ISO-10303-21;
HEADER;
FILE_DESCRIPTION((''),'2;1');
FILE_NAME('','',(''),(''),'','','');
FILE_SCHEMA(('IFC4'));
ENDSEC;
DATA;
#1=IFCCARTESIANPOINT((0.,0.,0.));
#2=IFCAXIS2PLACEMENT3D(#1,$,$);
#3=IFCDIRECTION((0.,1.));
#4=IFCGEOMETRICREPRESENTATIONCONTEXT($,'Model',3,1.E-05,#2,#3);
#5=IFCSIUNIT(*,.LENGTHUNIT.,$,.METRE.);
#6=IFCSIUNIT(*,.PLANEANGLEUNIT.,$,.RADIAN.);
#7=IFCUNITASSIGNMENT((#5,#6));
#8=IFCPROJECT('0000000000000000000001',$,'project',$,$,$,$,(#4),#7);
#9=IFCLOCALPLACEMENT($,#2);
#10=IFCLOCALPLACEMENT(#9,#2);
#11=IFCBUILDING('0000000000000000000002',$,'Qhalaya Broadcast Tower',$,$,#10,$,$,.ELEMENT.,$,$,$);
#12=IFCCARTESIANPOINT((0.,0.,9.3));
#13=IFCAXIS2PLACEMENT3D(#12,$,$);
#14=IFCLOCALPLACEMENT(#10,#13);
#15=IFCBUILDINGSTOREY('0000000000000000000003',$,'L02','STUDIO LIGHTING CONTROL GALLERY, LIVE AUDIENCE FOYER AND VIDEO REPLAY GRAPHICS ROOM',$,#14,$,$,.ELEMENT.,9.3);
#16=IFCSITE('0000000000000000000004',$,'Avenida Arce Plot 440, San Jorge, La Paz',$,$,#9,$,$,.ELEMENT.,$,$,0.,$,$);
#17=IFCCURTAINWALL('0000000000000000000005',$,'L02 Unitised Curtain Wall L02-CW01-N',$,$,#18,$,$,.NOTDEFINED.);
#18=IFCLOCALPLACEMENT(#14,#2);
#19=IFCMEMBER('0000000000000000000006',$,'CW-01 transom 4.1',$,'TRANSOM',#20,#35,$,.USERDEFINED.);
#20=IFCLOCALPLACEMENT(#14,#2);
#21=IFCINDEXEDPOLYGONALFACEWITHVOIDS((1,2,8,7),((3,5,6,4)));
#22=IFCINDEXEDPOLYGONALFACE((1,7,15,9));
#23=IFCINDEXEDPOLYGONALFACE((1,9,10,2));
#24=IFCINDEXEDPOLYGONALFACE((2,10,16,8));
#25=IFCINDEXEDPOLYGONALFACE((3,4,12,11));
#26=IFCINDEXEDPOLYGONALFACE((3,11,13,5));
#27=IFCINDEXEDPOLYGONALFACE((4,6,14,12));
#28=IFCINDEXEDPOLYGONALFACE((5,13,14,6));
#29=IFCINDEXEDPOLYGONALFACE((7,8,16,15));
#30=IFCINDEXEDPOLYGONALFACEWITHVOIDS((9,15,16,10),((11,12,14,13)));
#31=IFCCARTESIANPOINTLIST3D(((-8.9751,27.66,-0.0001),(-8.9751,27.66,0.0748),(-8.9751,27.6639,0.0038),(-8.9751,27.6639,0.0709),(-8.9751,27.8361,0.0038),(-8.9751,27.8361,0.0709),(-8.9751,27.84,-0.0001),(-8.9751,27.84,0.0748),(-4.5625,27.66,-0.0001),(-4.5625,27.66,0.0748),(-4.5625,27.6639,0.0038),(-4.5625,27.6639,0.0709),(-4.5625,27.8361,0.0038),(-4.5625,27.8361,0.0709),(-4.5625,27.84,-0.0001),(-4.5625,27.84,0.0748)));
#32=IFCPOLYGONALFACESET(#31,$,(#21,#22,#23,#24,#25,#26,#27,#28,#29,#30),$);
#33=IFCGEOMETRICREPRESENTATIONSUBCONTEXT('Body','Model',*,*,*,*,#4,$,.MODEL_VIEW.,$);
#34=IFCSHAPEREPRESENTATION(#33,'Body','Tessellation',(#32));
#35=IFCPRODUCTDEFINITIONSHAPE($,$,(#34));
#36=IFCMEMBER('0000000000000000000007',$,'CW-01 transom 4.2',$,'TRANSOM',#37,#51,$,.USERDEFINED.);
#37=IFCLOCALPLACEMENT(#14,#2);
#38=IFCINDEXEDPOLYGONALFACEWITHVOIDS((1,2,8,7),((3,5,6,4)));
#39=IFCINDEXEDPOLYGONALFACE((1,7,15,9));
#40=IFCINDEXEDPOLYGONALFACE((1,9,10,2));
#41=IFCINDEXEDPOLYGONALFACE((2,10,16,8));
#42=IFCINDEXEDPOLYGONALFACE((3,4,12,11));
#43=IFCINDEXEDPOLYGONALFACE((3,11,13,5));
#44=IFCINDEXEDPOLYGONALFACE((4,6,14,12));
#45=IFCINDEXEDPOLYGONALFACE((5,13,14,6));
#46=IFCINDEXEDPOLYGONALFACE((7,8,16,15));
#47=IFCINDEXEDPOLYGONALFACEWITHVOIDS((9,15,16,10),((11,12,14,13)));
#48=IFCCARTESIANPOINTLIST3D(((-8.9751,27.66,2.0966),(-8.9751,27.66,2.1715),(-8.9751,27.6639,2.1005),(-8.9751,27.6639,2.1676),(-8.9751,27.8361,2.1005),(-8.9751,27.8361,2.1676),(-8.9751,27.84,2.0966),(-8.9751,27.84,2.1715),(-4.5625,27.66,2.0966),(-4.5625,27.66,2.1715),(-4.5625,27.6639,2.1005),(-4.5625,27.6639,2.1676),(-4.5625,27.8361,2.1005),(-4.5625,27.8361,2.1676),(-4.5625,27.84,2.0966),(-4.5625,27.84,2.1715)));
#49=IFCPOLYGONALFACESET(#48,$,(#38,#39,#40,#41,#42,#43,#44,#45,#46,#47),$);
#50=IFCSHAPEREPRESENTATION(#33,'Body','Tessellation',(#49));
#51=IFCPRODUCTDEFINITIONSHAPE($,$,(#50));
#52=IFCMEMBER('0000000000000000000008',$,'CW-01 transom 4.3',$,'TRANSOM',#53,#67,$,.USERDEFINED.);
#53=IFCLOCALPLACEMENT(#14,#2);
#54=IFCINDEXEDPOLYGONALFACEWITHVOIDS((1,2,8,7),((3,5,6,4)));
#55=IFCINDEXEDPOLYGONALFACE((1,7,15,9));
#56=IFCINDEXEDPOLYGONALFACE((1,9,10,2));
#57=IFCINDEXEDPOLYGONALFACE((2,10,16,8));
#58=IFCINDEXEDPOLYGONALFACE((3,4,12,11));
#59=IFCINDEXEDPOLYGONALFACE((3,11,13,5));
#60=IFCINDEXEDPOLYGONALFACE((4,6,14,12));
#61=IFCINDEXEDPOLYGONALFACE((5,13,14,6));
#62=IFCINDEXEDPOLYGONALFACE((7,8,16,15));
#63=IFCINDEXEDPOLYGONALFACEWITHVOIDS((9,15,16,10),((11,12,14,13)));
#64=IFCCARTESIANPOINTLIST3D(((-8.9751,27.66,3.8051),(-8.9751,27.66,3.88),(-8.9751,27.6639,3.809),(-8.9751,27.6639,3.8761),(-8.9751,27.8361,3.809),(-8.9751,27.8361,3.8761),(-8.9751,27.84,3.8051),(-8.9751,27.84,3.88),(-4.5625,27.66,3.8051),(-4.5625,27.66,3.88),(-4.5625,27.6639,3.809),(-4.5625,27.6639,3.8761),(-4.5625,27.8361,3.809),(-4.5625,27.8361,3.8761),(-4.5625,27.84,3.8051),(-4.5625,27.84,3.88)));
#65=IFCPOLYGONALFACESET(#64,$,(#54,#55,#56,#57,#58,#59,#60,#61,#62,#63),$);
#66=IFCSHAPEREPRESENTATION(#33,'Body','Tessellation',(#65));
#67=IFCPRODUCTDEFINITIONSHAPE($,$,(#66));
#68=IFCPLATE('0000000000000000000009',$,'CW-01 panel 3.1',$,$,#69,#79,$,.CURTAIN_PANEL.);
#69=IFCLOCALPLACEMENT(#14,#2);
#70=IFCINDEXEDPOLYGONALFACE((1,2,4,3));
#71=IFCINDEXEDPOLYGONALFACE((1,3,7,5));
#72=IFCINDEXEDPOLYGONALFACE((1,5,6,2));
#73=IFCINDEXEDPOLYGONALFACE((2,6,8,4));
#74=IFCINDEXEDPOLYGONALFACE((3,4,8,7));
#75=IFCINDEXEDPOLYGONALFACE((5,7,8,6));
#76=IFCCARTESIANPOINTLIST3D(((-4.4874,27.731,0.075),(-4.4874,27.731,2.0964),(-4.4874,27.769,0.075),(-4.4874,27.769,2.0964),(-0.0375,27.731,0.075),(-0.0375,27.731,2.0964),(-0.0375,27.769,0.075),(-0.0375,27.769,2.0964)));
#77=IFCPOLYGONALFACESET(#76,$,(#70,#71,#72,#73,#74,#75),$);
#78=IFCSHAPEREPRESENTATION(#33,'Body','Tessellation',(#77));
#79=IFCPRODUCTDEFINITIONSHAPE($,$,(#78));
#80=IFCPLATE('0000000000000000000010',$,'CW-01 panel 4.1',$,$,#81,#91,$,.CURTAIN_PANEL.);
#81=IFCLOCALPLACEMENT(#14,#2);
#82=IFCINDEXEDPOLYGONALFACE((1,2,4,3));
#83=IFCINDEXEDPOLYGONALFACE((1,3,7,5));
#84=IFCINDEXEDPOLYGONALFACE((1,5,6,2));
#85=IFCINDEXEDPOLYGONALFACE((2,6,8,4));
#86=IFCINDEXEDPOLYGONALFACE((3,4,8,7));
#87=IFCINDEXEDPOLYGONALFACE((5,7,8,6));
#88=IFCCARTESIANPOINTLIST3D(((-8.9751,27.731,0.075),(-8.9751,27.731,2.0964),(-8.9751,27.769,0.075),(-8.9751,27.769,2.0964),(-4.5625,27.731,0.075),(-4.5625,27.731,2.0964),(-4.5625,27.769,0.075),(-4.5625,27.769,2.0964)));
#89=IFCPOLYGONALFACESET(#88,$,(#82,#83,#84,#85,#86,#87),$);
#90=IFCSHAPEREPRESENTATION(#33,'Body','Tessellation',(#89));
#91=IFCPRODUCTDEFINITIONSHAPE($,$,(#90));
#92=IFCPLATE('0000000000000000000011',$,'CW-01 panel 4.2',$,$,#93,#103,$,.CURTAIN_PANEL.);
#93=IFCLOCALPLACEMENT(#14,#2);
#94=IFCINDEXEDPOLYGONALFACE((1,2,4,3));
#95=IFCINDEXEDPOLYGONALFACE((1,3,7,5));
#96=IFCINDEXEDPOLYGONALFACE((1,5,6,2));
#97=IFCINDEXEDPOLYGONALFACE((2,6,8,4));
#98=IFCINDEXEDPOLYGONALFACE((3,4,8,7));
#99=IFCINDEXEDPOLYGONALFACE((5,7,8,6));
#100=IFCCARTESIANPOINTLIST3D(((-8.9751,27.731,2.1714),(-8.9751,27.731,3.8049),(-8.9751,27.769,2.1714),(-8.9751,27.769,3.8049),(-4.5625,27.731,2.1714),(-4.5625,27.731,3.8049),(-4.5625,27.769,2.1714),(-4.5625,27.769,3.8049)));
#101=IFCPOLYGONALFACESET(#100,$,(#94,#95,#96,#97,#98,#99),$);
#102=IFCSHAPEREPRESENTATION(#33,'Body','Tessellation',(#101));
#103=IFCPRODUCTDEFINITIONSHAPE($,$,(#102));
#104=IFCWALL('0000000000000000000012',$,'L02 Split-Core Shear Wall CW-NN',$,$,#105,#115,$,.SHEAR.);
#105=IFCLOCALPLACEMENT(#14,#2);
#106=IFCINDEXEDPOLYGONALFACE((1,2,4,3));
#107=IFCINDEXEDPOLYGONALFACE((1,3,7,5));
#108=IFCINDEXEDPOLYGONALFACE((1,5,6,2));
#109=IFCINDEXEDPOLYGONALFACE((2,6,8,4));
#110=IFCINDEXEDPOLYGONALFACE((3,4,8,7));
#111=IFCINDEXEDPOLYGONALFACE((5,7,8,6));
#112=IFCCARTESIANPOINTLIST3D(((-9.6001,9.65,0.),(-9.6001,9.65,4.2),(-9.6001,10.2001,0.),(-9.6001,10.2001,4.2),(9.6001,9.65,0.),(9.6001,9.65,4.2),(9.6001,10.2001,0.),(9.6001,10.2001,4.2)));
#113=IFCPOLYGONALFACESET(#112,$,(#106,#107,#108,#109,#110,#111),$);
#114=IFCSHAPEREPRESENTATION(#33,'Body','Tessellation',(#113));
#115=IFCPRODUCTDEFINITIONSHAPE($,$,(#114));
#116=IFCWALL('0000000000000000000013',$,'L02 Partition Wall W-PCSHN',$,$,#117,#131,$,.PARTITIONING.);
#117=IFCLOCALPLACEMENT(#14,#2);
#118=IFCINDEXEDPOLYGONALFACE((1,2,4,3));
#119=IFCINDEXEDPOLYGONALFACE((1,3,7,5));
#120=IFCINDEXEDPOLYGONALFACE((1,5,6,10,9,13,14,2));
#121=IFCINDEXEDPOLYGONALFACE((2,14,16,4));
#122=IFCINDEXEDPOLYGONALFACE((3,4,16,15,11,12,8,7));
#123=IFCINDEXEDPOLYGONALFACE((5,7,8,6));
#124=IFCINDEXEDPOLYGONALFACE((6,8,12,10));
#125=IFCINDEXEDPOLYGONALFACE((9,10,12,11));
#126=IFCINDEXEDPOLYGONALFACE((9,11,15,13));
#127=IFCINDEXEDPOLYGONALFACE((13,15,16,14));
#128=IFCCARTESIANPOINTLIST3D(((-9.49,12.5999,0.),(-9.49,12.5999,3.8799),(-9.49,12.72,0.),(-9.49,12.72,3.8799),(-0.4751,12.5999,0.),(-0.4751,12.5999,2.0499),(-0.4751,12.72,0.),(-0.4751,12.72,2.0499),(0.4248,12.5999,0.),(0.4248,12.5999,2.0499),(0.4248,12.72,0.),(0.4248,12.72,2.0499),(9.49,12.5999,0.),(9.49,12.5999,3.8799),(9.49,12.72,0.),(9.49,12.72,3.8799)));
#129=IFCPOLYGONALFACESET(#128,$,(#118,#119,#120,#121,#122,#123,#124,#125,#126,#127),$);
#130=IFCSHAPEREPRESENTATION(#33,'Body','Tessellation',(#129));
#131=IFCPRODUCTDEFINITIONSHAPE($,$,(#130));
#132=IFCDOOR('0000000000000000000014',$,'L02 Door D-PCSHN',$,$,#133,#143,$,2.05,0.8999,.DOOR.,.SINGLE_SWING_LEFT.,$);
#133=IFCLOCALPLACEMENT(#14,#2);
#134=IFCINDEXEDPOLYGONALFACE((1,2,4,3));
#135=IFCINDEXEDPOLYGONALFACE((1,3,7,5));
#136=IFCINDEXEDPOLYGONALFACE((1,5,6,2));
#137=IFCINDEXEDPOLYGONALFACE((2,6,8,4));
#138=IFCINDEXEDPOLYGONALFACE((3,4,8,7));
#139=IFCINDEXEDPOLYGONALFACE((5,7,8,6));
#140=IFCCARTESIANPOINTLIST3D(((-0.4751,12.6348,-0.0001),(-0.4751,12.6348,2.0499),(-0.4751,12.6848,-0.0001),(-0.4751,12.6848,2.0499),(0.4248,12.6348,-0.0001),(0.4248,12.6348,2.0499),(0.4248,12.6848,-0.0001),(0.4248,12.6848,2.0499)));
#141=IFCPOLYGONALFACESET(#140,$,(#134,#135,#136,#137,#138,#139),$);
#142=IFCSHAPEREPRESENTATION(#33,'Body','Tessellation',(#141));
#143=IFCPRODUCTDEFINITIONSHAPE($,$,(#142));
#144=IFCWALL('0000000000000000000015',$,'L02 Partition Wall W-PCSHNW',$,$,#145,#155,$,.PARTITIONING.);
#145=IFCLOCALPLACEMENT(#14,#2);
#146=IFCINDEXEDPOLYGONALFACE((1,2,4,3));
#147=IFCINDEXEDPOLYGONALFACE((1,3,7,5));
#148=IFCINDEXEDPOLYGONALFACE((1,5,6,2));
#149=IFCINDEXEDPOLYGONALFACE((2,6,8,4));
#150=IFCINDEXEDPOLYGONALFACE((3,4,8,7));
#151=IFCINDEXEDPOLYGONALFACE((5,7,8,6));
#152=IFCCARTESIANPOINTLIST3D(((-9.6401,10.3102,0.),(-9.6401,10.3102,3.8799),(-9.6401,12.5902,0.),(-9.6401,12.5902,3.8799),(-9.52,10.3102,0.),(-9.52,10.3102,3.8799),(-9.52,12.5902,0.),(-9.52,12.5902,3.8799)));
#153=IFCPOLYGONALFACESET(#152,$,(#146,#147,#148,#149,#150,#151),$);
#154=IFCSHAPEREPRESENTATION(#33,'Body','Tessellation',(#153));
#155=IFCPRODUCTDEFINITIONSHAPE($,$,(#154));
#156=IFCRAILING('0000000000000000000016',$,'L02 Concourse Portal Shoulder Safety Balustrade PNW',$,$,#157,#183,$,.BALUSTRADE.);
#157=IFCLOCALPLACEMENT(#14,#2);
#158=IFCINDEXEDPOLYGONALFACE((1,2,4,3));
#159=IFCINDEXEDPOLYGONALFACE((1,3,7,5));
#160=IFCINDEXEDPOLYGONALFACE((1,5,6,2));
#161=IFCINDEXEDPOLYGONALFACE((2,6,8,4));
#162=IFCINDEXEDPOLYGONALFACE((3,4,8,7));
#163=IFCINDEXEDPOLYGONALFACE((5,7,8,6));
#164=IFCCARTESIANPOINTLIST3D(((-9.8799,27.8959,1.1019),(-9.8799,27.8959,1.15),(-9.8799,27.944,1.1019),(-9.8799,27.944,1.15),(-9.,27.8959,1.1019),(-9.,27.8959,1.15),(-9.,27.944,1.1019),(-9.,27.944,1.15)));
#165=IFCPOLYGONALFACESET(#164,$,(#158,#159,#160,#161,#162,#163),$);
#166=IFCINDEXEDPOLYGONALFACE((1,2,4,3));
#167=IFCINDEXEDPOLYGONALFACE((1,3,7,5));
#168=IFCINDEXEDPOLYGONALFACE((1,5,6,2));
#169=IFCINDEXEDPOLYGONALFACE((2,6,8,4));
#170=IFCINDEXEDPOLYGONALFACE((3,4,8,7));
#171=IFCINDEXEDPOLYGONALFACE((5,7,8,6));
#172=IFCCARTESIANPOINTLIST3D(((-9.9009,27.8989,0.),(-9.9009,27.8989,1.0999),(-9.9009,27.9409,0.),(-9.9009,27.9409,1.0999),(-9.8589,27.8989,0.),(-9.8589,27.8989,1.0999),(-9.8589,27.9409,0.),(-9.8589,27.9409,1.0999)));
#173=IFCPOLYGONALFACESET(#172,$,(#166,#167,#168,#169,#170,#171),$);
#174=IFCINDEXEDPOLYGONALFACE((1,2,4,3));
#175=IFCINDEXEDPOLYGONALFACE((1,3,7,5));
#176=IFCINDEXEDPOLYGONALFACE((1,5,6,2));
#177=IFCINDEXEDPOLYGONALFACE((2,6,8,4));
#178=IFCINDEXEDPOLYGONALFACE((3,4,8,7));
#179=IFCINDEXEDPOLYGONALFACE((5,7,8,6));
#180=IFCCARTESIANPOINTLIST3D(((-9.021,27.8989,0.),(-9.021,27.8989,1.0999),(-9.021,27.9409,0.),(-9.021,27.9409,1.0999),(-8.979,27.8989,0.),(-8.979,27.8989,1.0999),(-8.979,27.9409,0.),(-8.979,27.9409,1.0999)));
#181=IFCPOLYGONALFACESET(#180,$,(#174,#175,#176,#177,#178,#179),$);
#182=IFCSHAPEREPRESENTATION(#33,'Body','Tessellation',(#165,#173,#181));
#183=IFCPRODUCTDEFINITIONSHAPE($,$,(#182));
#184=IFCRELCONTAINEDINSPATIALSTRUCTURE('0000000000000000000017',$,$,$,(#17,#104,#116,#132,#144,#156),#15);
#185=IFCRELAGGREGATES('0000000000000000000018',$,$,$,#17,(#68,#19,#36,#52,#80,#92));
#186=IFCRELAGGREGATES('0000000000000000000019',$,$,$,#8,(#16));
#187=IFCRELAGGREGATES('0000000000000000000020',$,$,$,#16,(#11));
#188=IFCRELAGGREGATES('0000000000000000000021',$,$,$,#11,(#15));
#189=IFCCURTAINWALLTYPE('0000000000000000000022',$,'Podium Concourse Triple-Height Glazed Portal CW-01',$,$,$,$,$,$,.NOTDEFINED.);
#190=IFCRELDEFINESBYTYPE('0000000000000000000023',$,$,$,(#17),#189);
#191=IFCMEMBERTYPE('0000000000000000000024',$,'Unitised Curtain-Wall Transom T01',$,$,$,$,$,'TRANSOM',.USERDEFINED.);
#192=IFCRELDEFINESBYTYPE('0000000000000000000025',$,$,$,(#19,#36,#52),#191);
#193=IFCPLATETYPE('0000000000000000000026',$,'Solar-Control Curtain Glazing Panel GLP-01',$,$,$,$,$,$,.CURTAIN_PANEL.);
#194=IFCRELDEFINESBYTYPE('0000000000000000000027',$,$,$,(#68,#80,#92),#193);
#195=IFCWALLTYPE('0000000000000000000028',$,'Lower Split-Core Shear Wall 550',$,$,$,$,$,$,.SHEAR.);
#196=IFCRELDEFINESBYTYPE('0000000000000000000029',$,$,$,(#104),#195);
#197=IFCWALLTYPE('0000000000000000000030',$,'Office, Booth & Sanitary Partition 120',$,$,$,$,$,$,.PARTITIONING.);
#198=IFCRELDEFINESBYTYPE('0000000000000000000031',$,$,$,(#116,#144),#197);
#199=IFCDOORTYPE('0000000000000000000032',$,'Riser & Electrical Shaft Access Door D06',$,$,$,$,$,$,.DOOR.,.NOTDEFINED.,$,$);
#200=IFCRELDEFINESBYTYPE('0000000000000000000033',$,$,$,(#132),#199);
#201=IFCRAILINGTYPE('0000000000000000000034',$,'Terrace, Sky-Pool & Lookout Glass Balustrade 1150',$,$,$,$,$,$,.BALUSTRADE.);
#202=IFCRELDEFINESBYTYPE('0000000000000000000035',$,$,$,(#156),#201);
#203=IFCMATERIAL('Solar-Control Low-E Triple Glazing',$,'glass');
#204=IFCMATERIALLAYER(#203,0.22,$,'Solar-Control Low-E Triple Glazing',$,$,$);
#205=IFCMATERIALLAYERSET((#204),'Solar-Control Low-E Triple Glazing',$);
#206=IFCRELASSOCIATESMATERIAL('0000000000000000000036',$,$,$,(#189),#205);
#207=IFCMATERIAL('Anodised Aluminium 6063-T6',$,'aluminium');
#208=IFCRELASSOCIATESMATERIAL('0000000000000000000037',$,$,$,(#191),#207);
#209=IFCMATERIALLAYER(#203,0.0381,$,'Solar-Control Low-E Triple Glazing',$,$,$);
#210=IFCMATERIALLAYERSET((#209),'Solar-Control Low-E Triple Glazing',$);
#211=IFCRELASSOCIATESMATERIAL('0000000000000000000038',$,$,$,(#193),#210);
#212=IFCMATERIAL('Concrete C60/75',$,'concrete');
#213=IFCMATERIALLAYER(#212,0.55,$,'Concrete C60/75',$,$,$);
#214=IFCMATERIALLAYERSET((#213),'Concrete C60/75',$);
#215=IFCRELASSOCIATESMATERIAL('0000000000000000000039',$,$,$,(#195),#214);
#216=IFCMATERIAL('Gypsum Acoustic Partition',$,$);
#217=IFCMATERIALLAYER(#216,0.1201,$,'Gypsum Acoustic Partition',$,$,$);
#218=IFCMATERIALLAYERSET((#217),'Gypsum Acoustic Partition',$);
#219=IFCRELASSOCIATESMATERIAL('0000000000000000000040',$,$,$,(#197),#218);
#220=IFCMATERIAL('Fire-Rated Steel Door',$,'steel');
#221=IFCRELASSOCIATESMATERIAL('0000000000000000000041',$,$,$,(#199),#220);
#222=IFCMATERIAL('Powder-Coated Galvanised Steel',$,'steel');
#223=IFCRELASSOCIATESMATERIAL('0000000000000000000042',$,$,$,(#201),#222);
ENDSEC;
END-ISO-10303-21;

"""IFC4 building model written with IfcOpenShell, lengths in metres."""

from ifc_helpers import new_model, si_unit, direction, frame, frame_2d, origin, origin_2d, place, context, subcontext, project, spatial, rectangle, hollow_rectangle, extrude, material, layer, layer_set, material_profile, profile_set, type_object, element, fill, aggregate, save


model = new_model("IFC4")

# Units and contexts
model_context = context("Model", 3, precision=1e-05, world=origin(), true_north=direction((0.0, 1.0)))
body_context = subcontext(model_context, "Body", "Model", "MODEL_VIEW")
ifc_project = project(units=[si_unit("LENGTHUNIT", "METRE"), si_unit("PLANEANGLEUNIT", "RADIAN")], contexts=[model_context])

# Site, building, storey
site_placement = place(None, origin())
site = spatial("IfcSite", under=ifc_project, at=site_placement, Name="Avenida Arce Plot 440, San Jorge, La Paz", CompositionType="ELEMENT", RefElevation=0.0)
building_placement = place(site_placement, origin())
building = spatial("IfcBuilding", under=site, at=building_placement, Name="Qhalaya Broadcast Tower", CompositionType="ELEMENT")
storey_placement = place(building_placement, frame((0.0, 0.0, 9.3)))
storey = spatial("IfcBuildingStorey", under=building, at=storey_placement, Name="L02", Description="STUDIO LIGHTING CONTROL GALLERY, LIVE AUDIENCE FOYER AND VIDEO REPLAY GRAPHICS ROOM", CompositionType="ELEMENT", Elevation=9.3)

# Shared definitions
ifc_material_1 = material(Name="Concrete C60/75", Category="concrete")

# Curtain wall, members, plates
ifc_material_2 = material(Name="Solar-Control Low-E Triple Glazing", Category="glass")
ifc_layer_1 = layer(ifc_material_2, 0.22, Name="Solar-Control Low-E Triple Glazing")
ifc_layer_set_1 = layer_set([ifc_layer_1], Name="Solar-Control Low-E Triple Glazing")
curtain_wall_type = type_object("IfcCurtainWallType", Name="Podium Concourse Triple-Height Glazed Portal CW-01", PredefinedType="NOTDEFINED", material=ifc_layer_set_1)
curtain_wall_placement = place(storey_placement, origin())
curtain_wall = element("IfcCurtainWall", 1, at=curtain_wall_placement, inside=storey, type_object=curtain_wall_type, Name="L02 Unitised Curtain Wall L02-CW01-N", PredefinedType="NOTDEFINED")
ifc_material_3 = material(Name="Anodised Aluminium 6063-T6", Category="aluminium")
ifc_material_profile_1 = material_profile(ifc_material_3, hollow_rectangle(XDim=0.075, YDim=0.1799, WallThickness=0.0039, at=origin_2d()), Name="ALU-TRN 75x180x4")
ifc_profile_set_1 = profile_set([ifc_material_profile_1], Name="Anodised Aluminium 6063-T6")
member_type_1 = type_object("IfcMemberType", Name="Unitised Curtain-Wall Transom T01", ElementType="TRANSOM", PredefinedType="USERDEFINED", material=ifc_profile_set_1)
member_1_placement = place(storey_placement, frame((-4.5625, 27.75, 0.0374), z_axis=(-1.0, 0.0, 0.0), x_axis=(0.0, 0.0, 1.0)))
member_1 = element("IfcMember", 2, at=member_1_placement, type_object=member_type_1, Name="CW-01 transom 4.1", ObjectType="TRANSOM", PredefinedType="USERDEFINED", context=body_context, shape_type="SweptSolid", body=[
    extrude(hollow_rectangle(XDim=0.075, YDim=0.1799, WallThickness=0.0039, at=origin_2d()), origin(), (0.0, 0.0, 1.0), 4.4126),
])
member_2_placement = place(storey_placement, frame((-4.5625, 27.75, 2.134), z_axis=(-1.0, 0.0, 0.0), x_axis=(0.0, 0.0, 1.0)))
member_2 = element("IfcMember", 3, at=member_2_placement, type_object=member_type_1, Name="CW-01 transom 4.2", ObjectType="TRANSOM", PredefinedType="USERDEFINED", context=body_context, shape_type="SweptSolid", body=[
    extrude(hollow_rectangle(XDim=0.075, YDim=0.1799, WallThickness=0.0039, at=origin_2d()), origin(), (0.0, 0.0, 1.0), 4.4126),
])
member_3_placement = place(storey_placement, frame((-4.5625, 27.75, 3.8425), z_axis=(-1.0, 0.0, 0.0), x_axis=(0.0, 0.0, 1.0)))
member_3 = element("IfcMember", 4, at=member_3_placement, type_object=member_type_1, Name="CW-01 transom 4.3", ObjectType="TRANSOM", PredefinedType="USERDEFINED", context=body_context, shape_type="SweptSolid", body=[
    extrude(hollow_rectangle(XDim=0.075, YDim=0.1799, WallThickness=0.0039, at=origin_2d()), origin(), (0.0, 0.0, 1.0), 4.4126),
])
ifc_layer_2 = layer(ifc_material_2, 0.0381, Name="Solar-Control Low-E Triple Glazing")
ifc_layer_set_2 = layer_set([ifc_layer_2], Name="Solar-Control Low-E Triple Glazing")
plate_type = type_object("IfcPlateType", Name="Solar-Control Curtain Glazing Panel GLP-01", PredefinedType="CURTAIN_PANEL", material=ifc_layer_set_2)
plate_1_placement = place(storey_placement, frame((-2.2625, 27.75, 0.075), z_axis=(0.0, 0.0, 1.0), x_axis=(-1.0, 0.0, 0.0)))
plate_1 = element("IfcPlate", 5, at=plate_1_placement, type_object=plate_type, Name="CW-01 panel 3.1", PredefinedType="CURTAIN_PANEL", context=body_context, shape_type="SweptSolid", body=[
    extrude(rectangle(XDim=4.45, YDim=0.0381, at=origin_2d()), origin(), (0.0, 0.0, 1.0), 2.0215),
])
plate_2_placement = place(storey_placement, frame((-6.7688, 27.75, 0.075), z_axis=(0.0, 0.0, 1.0), x_axis=(-1.0, 0.0, 0.0)))
plate_2 = element("IfcPlate", 6, at=plate_2_placement, type_object=plate_type, Name="CW-01 panel 4.1", PredefinedType="CURTAIN_PANEL", context=body_context, shape_type="SweptSolid", body=[
    extrude(rectangle(XDim=4.4126, YDim=0.0381, at=origin_2d()), origin(), (0.0, 0.0, 1.0), 2.0215),
])
plate_3_placement = place(storey_placement, frame((-6.7688, 27.75, 2.1714), z_axis=(0.0, 0.0, 1.0), x_axis=(-1.0, 0.0, 0.0)))
plate_3 = element("IfcPlate", 7, at=plate_3_placement, type_object=plate_type, Name="CW-01 panel 4.2", PredefinedType="CURTAIN_PANEL", context=body_context, shape_type="SweptSolid", body=[
    extrude(rectangle(XDim=4.4126, YDim=0.0381, at=origin_2d()), origin(), (0.0, 0.0, 1.0), 1.6335),
])
aggregate(curtain_wall, [plate_1, member_1, member_2, member_3, plate_2, plate_3])

# Wall
ifc_layer_3 = layer(ifc_material_1, 0.55, Name="Concrete C60/75")
ifc_layer_set_3 = layer_set([ifc_layer_3], Name="Concrete C60/75")
wall_type_1 = type_object("IfcWallType", Name="Lower Split-Core Shear Wall 550", PredefinedType="SHEAR", material=ifc_layer_set_3)
wall_1_placement = place(storey_placement, frame((-9.6001, 9.925, 0.0), z_axis=(0.0, 0.0, 1.0), x_axis=(1.0, 0.0, 0.0)))
element("IfcWall", 8, at=wall_1_placement, inside=storey, type_object=wall_type_1, Name="L02 Split-Core Shear Wall CW-NN", PredefinedType="SHEAR", context=body_context, shape_type="SweptSolid", body=[
    extrude(rectangle(XDim=19.2002, YDim=0.55, at=frame_2d((9.6001, 0.0))), origin(), (0.0, 0.0, 1.0), 4.2),
])

# Wall, opening, door
ifc_material_4 = material(Name="Gypsum Acoustic Partition")
ifc_layer_4 = layer(ifc_material_4, 0.1201, Name="Gypsum Acoustic Partition")
ifc_layer_set_4 = layer_set([ifc_layer_4], Name="Gypsum Acoustic Partition")
wall_type_2 = type_object("IfcWallType", Name="Office, Booth & Sanitary Partition 120", PredefinedType="PARTITIONING", material=ifc_layer_set_4)
wall_2_placement = place(storey_placement, frame((-9.49, 12.6599, 0.0), z_axis=(0.0, 0.0, 1.0), x_axis=(1.0, 0.0, 0.0)))
wall_2 = element("IfcWall", 9, at=wall_2_placement, inside=storey, type_object=wall_type_2, Name="L02 Partition Wall W-PCSHN", PredefinedType="PARTITIONING", context=body_context, shape_type="SweptSolid", body=[
    extrude(rectangle(XDim=18.98, YDim=0.1201, at=frame_2d((9.49, 0.0))), origin(), (0.0, 0.0, 1.0), 3.8799),
])
opening_placement = place(wall_2_placement, frame((9.0149, 0.0, 0.0)))
opening = element("IfcOpeningElement", 10, at=opening_placement, cuts=wall_2, PredefinedType="OPENING", context=body_context, shape_type="SweptSolid", body=[
    extrude(rectangle(XDim=0.8999, YDim=2.05, at=frame_2d((0.45, 1.0249))), frame((0.0, 0.072, 0.0), z_axis=(0.0, -1.0, 0.0), x_axis=(1.0, 0.0, 0.0)), (0.0, 0.0, 1.0), 0.144),
])
ifc_material_5 = material(Name="Fire-Rated Steel Door", Category="steel")
door_type = type_object("IfcDoorType", Name="Riser & Electrical Shaft Access Door D06", OperationType="NOTDEFINED", PredefinedType="DOOR", material=ifc_material_5)
door_placement = place(opening_placement, origin())
door = element("IfcDoor", 11, at=door_placement, inside=storey, type_object=door_type, Name="L02 Door D-PCSHN", OperationType="SINGLE_SWING_LEFT", OverallHeight=2.05, OverallWidth=0.8999, PredefinedType="DOOR", context=body_context, shape_type="SweptSolid", body=[
    extrude(rectangle(XDim=0.8999, YDim=2.05, at=frame_2d((0.45, 1.0249))), frame((0.0, 0.0249, 0.0), z_axis=(0.0, -1.0, 0.0), x_axis=(1.0, 0.0, 0.0)), (0.0, 0.0, 1.0), 0.05),
])
fill(opening, door)

# Wall
wall_3_placement = place(storey_placement, frame((-9.5801, 10.3101, 0.0), z_axis=(0.0, 0.0, 1.0), x_axis=(0.0, 1.0, 0.0)))
element("IfcWall", 12, at=wall_3_placement, inside=storey, type_object=wall_type_2, Name="L02 Partition Wall W-PCSHNW", PredefinedType="PARTITIONING", context=body_context, shape_type="SweptSolid", body=[
    extrude(rectangle(XDim=2.28, YDim=0.1201, at=frame_2d((1.1401, 0.0))), origin(), (0.0, 0.0, 1.0), 3.8799),
])

# Railing
ifc_material_6 = material(Name="Powder-Coated Galvanised Steel", Category="steel")
railing_type = type_object("IfcRailingType", Name="Terrace, Sky-Pool & Lookout Glass Balustrade 1150", PredefinedType="BALUSTRADE", material=ifc_material_6)
railing_placement = place(storey_placement, frame((-9.8799, 27.9199, 0.0)))
element("IfcRailing", 13, at=railing_placement, inside=storey, type_object=railing_type, Name="L02 Concourse Portal Shoulder Safety Balustrade PNW", PredefinedType="BALUSTRADE", context=body_context, shape_type="SweptSolid", body=[
    extrude(rectangle(XDim=0.0481, YDim=0.0481, at=origin_2d()), frame((0.0, 0.0, 1.126), z_axis=(1.0, 0.0, 0.0), x_axis=(0.0, 1.0, 0.0)), (0.0, 0.0, 1.0), 0.8799),
    extrude(rectangle(XDim=0.042, YDim=0.042, at=origin_2d()), origin(), (0.0, 0.0, 1.0), 1.0999),
    extrude(rectangle(XDim=0.042, YDim=0.042, at=origin_2d()), frame((0.8799, 0.0, 0.0)), (0.0, 0.0, 1.0), 1.0999),
])

save(model, "model.ifc")
